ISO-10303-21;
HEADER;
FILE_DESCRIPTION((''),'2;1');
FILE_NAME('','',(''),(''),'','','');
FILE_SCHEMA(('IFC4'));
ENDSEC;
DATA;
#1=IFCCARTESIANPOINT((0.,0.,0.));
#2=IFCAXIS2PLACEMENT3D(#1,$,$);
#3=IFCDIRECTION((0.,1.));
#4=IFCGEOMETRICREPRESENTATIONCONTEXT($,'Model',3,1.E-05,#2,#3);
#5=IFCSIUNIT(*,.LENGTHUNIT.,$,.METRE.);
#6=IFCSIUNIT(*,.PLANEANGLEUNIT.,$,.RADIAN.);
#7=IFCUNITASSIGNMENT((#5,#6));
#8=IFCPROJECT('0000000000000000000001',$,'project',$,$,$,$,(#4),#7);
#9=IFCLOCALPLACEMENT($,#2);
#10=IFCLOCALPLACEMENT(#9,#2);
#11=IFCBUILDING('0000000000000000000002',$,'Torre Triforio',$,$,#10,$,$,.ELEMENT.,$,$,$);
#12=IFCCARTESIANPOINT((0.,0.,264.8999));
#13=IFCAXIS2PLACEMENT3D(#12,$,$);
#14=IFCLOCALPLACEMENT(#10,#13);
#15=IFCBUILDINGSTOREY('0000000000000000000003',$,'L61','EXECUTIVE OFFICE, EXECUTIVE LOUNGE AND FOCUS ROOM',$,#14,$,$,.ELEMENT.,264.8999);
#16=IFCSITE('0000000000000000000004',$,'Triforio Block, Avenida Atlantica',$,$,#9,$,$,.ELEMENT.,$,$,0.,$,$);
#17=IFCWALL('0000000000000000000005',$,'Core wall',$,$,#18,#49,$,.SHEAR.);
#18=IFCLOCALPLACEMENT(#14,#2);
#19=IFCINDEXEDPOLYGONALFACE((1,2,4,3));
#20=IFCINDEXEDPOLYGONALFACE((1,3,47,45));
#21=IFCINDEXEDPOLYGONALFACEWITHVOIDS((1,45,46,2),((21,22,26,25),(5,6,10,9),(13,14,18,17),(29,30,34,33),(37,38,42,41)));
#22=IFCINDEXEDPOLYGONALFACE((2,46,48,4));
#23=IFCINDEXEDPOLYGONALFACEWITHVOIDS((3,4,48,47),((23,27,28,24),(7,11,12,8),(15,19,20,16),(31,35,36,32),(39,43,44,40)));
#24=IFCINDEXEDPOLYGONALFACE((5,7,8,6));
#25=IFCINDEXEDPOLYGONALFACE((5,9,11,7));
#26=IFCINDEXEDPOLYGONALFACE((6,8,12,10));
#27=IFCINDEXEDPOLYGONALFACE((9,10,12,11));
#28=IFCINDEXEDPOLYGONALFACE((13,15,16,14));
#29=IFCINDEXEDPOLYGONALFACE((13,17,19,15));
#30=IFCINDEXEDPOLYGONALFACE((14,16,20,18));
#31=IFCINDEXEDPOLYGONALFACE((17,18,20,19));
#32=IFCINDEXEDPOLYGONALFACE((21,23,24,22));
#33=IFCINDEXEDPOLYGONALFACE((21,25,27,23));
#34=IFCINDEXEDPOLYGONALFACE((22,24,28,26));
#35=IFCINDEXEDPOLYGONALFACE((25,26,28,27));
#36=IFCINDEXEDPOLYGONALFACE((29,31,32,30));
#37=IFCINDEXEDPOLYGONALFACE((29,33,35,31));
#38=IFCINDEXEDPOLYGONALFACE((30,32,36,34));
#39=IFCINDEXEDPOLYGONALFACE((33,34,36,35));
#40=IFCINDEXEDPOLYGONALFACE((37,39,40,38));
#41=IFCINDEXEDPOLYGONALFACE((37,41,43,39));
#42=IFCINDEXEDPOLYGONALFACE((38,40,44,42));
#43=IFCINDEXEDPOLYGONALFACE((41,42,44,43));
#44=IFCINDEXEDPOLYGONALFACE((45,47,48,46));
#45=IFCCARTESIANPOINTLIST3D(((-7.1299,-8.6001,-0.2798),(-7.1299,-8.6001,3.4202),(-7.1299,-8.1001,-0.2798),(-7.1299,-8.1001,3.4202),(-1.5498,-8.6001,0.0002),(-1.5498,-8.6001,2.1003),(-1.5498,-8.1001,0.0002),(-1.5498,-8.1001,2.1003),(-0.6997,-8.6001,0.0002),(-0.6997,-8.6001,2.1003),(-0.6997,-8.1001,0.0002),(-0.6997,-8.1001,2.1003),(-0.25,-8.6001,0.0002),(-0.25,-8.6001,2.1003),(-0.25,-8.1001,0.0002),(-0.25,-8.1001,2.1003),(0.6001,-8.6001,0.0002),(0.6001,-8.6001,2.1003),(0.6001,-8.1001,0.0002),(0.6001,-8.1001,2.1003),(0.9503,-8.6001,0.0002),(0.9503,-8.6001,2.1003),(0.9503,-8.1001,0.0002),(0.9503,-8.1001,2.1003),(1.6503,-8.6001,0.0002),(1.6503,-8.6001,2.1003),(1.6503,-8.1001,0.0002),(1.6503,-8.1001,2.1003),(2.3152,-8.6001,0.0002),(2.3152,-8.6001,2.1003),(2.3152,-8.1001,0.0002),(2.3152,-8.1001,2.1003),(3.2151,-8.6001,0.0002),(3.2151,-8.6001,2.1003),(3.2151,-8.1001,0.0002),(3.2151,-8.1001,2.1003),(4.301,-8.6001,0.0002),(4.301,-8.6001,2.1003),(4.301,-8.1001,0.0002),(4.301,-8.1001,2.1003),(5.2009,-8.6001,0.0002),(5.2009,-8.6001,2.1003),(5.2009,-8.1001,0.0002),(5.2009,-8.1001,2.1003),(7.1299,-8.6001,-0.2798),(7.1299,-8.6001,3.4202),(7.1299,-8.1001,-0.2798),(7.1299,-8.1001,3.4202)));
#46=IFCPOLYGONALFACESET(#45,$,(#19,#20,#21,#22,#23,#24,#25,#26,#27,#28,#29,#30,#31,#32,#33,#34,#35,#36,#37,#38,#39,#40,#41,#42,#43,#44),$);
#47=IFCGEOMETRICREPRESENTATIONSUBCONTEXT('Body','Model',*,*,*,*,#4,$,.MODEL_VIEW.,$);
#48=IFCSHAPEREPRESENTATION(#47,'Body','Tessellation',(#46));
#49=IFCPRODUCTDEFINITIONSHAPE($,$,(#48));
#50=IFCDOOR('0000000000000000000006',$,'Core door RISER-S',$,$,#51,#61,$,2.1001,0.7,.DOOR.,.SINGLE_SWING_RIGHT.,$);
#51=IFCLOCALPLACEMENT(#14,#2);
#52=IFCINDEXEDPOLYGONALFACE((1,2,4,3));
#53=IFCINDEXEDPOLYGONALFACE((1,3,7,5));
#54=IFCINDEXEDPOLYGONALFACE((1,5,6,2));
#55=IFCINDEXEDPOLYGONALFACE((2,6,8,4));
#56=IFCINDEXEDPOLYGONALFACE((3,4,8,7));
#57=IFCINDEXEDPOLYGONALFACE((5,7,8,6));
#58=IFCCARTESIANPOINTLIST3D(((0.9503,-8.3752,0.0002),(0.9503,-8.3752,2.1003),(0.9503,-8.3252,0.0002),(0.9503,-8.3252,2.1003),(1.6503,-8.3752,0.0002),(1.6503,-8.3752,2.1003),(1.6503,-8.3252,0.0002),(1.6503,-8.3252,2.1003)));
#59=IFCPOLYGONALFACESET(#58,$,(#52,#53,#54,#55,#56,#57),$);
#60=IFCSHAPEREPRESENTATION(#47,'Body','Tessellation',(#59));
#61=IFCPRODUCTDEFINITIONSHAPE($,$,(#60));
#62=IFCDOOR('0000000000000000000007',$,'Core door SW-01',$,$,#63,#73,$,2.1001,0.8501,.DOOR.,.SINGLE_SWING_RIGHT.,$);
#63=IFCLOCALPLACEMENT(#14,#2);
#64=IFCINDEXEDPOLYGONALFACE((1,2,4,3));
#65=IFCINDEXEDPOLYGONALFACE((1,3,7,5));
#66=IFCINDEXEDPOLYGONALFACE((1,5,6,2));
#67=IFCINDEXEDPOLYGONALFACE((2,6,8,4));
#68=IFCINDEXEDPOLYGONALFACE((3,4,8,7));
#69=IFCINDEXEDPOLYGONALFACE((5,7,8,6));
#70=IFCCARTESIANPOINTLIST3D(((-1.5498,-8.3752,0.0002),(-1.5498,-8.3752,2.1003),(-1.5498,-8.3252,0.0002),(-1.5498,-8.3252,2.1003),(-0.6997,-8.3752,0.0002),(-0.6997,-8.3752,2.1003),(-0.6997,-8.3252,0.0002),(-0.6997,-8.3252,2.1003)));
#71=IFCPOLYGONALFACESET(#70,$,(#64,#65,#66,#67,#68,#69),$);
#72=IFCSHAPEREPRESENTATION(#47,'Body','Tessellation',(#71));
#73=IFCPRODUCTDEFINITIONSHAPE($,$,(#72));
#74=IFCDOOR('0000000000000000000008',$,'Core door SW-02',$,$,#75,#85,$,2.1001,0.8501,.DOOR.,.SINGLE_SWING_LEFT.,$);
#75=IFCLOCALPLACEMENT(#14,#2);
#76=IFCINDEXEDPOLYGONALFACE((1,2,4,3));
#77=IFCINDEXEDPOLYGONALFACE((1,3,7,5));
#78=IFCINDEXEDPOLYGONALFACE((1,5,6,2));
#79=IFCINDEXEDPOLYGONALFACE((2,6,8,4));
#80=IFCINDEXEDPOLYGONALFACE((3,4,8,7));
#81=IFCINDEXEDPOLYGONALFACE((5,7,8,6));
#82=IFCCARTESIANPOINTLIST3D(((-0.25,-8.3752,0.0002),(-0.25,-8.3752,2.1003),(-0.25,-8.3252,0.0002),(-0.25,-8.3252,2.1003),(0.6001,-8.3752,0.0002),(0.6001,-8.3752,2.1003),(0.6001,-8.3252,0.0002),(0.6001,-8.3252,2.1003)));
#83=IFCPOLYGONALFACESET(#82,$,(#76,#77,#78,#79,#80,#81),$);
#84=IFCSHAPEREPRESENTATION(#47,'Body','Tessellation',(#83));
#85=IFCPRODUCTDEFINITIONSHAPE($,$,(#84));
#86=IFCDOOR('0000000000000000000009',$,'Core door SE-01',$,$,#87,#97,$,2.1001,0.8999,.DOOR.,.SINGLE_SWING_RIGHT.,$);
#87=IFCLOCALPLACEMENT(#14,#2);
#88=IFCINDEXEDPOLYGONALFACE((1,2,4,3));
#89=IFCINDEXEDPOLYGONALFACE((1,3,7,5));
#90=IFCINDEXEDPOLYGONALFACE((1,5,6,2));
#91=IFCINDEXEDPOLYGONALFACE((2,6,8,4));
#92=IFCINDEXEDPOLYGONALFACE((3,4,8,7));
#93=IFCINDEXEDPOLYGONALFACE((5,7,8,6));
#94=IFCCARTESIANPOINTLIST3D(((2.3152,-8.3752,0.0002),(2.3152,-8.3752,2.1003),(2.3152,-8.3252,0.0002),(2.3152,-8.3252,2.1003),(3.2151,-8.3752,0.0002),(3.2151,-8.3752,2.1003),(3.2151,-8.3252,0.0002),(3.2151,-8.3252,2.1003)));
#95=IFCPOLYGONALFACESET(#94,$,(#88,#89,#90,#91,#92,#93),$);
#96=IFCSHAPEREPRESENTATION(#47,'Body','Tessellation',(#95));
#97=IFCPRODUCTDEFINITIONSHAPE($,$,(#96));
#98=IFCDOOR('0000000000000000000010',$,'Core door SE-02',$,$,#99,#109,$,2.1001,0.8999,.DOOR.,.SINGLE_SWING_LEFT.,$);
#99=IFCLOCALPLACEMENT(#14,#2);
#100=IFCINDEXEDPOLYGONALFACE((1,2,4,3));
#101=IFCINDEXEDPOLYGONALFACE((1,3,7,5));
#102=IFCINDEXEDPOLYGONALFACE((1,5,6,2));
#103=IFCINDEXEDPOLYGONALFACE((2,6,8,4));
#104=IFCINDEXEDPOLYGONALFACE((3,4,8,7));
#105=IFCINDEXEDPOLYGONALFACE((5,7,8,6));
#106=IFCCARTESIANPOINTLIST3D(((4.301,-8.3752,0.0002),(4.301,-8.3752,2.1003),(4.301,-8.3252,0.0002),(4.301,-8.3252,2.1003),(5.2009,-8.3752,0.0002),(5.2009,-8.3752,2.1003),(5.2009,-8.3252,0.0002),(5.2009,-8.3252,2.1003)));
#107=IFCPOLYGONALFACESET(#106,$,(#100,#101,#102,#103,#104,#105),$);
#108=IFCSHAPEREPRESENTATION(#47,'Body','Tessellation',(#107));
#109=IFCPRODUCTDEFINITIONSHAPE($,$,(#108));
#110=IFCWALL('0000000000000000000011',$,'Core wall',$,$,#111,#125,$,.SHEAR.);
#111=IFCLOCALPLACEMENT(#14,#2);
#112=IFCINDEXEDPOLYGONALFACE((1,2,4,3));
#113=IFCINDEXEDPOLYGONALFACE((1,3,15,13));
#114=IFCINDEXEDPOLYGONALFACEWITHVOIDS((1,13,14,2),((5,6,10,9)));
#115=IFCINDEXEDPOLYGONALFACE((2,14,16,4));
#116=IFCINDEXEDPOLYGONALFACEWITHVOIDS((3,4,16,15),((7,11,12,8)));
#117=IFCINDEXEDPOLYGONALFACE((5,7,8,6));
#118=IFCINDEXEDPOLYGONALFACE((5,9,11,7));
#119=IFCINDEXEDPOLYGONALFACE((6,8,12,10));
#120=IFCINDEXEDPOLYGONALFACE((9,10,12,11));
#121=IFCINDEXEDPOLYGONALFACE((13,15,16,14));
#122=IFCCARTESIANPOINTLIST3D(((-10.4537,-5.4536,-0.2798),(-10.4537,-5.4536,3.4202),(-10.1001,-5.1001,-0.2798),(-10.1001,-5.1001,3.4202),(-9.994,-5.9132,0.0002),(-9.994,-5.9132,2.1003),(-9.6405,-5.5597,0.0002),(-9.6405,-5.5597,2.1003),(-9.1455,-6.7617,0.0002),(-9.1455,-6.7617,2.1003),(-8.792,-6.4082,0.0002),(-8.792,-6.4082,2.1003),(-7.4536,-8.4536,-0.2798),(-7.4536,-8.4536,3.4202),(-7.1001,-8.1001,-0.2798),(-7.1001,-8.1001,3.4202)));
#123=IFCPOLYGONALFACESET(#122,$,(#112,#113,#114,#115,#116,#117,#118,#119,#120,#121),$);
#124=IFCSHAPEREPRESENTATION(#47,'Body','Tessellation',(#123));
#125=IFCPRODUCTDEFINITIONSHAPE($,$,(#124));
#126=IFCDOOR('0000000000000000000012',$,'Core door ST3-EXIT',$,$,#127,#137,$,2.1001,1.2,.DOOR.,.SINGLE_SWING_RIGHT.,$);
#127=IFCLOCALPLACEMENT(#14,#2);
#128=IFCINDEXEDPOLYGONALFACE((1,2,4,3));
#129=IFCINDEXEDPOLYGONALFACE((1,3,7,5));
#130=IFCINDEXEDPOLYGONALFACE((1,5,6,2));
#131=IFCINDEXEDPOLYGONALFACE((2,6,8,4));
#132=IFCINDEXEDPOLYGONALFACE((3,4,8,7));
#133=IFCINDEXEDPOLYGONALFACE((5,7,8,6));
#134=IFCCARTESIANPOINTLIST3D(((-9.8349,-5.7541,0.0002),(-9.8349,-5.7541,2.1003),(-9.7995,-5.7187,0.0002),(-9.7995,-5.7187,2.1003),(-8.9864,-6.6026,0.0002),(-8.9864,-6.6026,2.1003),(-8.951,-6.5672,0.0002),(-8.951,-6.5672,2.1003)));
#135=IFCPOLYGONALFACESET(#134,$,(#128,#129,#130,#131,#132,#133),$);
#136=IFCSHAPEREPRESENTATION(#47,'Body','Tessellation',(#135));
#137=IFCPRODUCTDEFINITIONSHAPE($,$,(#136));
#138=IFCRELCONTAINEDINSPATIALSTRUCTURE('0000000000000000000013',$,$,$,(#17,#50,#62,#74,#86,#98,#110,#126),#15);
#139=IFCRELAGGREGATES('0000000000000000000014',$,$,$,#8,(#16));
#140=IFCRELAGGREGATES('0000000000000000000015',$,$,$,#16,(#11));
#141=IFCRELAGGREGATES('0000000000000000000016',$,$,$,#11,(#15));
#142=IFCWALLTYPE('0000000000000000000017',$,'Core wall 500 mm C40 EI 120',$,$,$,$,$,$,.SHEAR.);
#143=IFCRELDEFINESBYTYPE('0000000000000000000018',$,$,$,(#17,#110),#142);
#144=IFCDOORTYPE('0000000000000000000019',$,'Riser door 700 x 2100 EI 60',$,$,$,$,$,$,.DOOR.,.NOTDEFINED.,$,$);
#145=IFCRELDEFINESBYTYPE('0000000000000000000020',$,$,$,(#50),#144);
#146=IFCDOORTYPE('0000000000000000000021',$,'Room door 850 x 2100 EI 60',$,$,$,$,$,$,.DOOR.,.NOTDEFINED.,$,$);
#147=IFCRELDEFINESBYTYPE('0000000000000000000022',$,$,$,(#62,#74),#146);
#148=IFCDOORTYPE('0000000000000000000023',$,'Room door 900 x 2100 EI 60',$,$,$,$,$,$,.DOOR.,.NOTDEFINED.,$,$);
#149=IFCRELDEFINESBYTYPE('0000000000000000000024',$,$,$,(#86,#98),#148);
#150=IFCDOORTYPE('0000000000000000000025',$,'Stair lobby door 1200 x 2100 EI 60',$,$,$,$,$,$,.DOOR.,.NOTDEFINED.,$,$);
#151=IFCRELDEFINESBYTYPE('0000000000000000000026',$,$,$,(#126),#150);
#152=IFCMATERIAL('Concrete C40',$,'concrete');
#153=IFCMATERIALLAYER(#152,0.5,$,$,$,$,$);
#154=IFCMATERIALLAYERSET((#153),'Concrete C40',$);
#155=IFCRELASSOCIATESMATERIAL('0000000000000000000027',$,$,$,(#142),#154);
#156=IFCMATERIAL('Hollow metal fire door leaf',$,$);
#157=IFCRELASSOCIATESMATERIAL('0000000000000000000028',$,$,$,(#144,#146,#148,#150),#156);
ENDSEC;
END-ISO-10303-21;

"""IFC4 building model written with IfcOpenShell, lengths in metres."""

from ifc_helpers import new_model, si_unit, direction, frame, frame_2d, origin, place, context, subcontext, project, spatial, rectangle, extrude, material, layer, layer_set, type_object, element, fill, save


model = new_model("IFC4")

# Units and contexts
model_context = context("Model", 3, precision=1e-05, world=origin(), true_north=direction((0.0, 1.0)))
body_context = subcontext(model_context, "Body", "Model", "MODEL_VIEW")
ifc_project = project(units=[si_unit("LENGTHUNIT", "METRE"), si_unit("PLANEANGLEUNIT", "RADIAN")], contexts=[model_context])

# Site, building, storey
site_placement = place(None, origin())
site = spatial("IfcSite", under=ifc_project, at=site_placement, Name="Triforio Block, Avenida Atlantica", CompositionType="ELEMENT", RefElevation=0.0)
building_placement = place(site_placement, origin())
building = spatial("IfcBuilding", under=site, at=building_placement, Name="Torre Triforio", CompositionType="ELEMENT")
storey_placement = place(building_placement, frame((0.0, 0.0, 264.8999)))
storey = spatial("IfcBuildingStorey", under=building, at=storey_placement, Name="L61", Description="EXECUTIVE OFFICE, EXECUTIVE LOUNGE AND FOCUS ROOM", CompositionType="ELEMENT", Elevation=264.8999)

# Shared definitions
ifc_material_1 = material(Name="Concrete C40", Category="concrete")

# Wall, openings, doors
ifc_layer_1 = layer(ifc_material_1, 0.5)
ifc_layer_set_1 = layer_set([ifc_layer_1], Name="Concrete C40")
wall_type_1 = type_object("IfcWallType", Name="Core wall 500 mm C40 EI 120", PredefinedType="SHEAR", material=ifc_layer_set_1)
wall_1_placement = place(storey_placement, frame((-7.1299, -8.3501, -0.2798), z_axis=(0.0, 0.0, 1.0), x_axis=(1.0, 0.0, 0.0)))
wall_1 = element("IfcWall", 1, at=wall_1_placement, inside=storey, type_object=wall_type_1, Name="Core wall", PredefinedType="SHEAR", context=body_context, shape_type="SweptSolid", body=[
    extrude(rectangle(XDim=14.2598, YDim=0.5, at=frame_2d((7.1299, 0.0))), origin(), (0.0, 0.0, 1.0), 3.7),
])
opening_1_placement = place(wall_1_placement, frame((8.0801, 0.0, 0.28)))
opening_1 = element("IfcOpeningElement", 2, at=opening_1_placement, cuts=wall_1, PredefinedType="OPENING", context=body_context, shape_type="SweptSolid", body=[
    extrude(rectangle(XDim=0.7, YDim=2.1001, at=frame_2d((0.3501, 1.05))), frame((0.0, 0.26, 0.0), z_axis=(0.0, -1.0, 0.0), x_axis=(1.0, 0.0, 0.0)), (0.0, 0.0, 1.0), 0.52),
])
opening_2_placement = place(wall_1_placement, frame((5.5801, 0.0, 0.28)))
opening_2 = element("IfcOpeningElement", 3, at=opening_2_placement, cuts=wall_1, PredefinedType="OPENING", context=body_context, shape_type="SweptSolid", body=[
    extrude(rectangle(XDim=0.8501, YDim=2.1001, at=frame_2d((0.425, 1.05))), frame((0.0, 0.26, 0.0), z_axis=(0.0, -1.0, 0.0), x_axis=(1.0, 0.0, 0.0)), (0.0, 0.0, 1.0), 0.52),
])
opening_3_placement = place(wall_1_placement, frame((6.8799, 0.0, 0.28)))
opening_3 = element("IfcOpeningElement", 4, at=opening_3_placement, cuts=wall_1, PredefinedType="OPENING", context=body_context, shape_type="SweptSolid", body=[
    extrude(rectangle(XDim=0.8501, YDim=2.1001, at=frame_2d((0.425, 1.05))), frame((0.0, 0.26, 0.0), z_axis=(0.0, -1.0, 0.0), x_axis=(1.0, 0.0, 0.0)), (0.0, 0.0, 1.0), 0.52),
])
opening_4_placement = place(wall_1_placement, frame((9.4451, 0.0, 0.28)))
opening_4 = element("IfcOpeningElement", 5, at=opening_4_placement, cuts=wall_1, PredefinedType="OPENING", context=body_context, shape_type="SweptSolid", body=[
    extrude(rectangle(XDim=0.8999, YDim=2.1001, at=frame_2d((0.45, 1.05))), frame((0.0, 0.26, 0.0), z_axis=(0.0, -1.0, 0.0), x_axis=(1.0, 0.0, 0.0)), (0.0, 0.0, 1.0), 0.52),
])
opening_5_placement = place(wall_1_placement, frame((11.4309, 0.0, 0.28)))
opening_5 = element("IfcOpeningElement", 6, at=opening_5_placement, cuts=wall_1, PredefinedType="OPENING", context=body_context, shape_type="SweptSolid", body=[
    extrude(rectangle(XDim=0.8999, YDim=2.1001, at=frame_2d((0.45, 1.05))), frame((0.0, 0.26, 0.0), z_axis=(0.0, -1.0, 0.0), x_axis=(1.0, 0.0, 0.0)), (0.0, 0.0, 1.0), 0.52),
])
ifc_material_2 = material(Name="Hollow metal fire door leaf")
door_type_1 = type_object("IfcDoorType", Name="Riser door 700 x 2100 EI 60", OperationType="NOTDEFINED", PredefinedType="DOOR", material=ifc_material_2)
door_1_placement = place(opening_1_placement, origin())
door_1 = element("IfcDoor", 7, at=door_1_placement, inside=storey, type_object=door_type_1, Name="Core door RISER-S", OperationType="SINGLE_SWING_RIGHT", OverallHeight=2.1001, OverallWidth=0.7, PredefinedType="DOOR", context=body_context, shape_type="SweptSolid", body=[
    extrude(rectangle(XDim=0.7, YDim=2.1001, at=frame_2d((0.3501, 1.05))), frame((0.0, 0.0249, 0.0), z_axis=(0.0, -1.0, 0.0), x_axis=(1.0, 0.0, 0.0)), (0.0, 0.0, 1.0), 0.05),
])
fill(opening_1, door_1)
door_type_2 = type_object("IfcDoorType", Name="Room door 850 x 2100 EI 60", OperationType="NOTDEFINED", PredefinedType="DOOR", material=ifc_material_2)
door_2_placement = place(opening_2_placement, origin())
door_2 = element("IfcDoor", 8, at=door_2_placement, inside=storey, type_object=door_type_2, Name="Core door SW-01", OperationType="SINGLE_SWING_RIGHT", OverallHeight=2.1001, OverallWidth=0.8501, PredefinedType="DOOR", context=body_context, shape_type="SweptSolid", body=[
    extrude(rectangle(XDim=0.8501, YDim=2.1001, at=frame_2d((0.425, 1.05))), frame((0.0, 0.0249, 0.0), z_axis=(0.0, -1.0, 0.0), x_axis=(1.0, 0.0, 0.0)), (0.0, 0.0, 1.0), 0.05),
])
fill(opening_2, door_2)
door_3_placement = place(opening_3_placement, origin())
door_3 = element("IfcDoor", 9, at=door_3_placement, inside=storey, type_object=door_type_2, Name="Core door SW-02", OperationType="SINGLE_SWING_LEFT", OverallHeight=2.1001, OverallWidth=0.8501, PredefinedType="DOOR", context=body_context, shape_type="SweptSolid", body=[
    extrude(rectangle(XDim=0.8501, YDim=2.1001, at=frame_2d((0.425, 1.05))), frame((0.0, 0.0249, 0.0), z_axis=(0.0, -1.0, 0.0), x_axis=(1.0, 0.0, 0.0)), (0.0, 0.0, 1.0), 0.05),
])
fill(opening_3, door_3)
door_type_3 = type_object("IfcDoorType", Name="Room door 900 x 2100 EI 60", OperationType="NOTDEFINED", PredefinedType="DOOR", material=ifc_material_2)
door_4_placement = place(opening_4_placement, origin())
door_4 = element("IfcDoor", 10, at=door_4_placement, inside=storey, type_object=door_type_3, Name="Core door SE-01", OperationType="SINGLE_SWING_RIGHT", OverallHeight=2.1001, OverallWidth=0.8999, PredefinedType="DOOR", context=body_context, shape_type="SweptSolid", body=[
    extrude(rectangle(XDim=0.8999, YDim=2.1001, at=frame_2d((0.45, 1.05))), frame((0.0, 0.0249, 0.0), z_axis=(0.0, -1.0, 0.0), x_axis=(1.0, 0.0, 0.0)), (0.0, 0.0, 1.0), 0.05),
])
fill(opening_4, door_4)
door_5_placement = place(opening_5_placement, origin())
door_5 = element("IfcDoor", 11, at=door_5_placement, inside=storey, type_object=door_type_3, Name="Core door SE-02", OperationType="SINGLE_SWING_LEFT", OverallHeight=2.1001, OverallWidth=0.8999, PredefinedType="DOOR", context=body_context, shape_type="SweptSolid", body=[
    extrude(rectangle(XDim=0.8999, YDim=2.1001, at=frame_2d((0.45, 1.05))), frame((0.0, 0.0249, 0.0), z_axis=(0.0, -1.0, 0.0), x_axis=(1.0, 0.0, 0.0)), (0.0, 0.0, 1.0), 0.05),
])
fill(opening_5, door_5)

# Wall, opening, door
wall_2_placement = place(storey_placement, frame((-7.2769, -8.2769, -0.2798), z_axis=(0.0, 0.0, 1.0), x_axis=(-0.707107, 0.707107, 0.0)))
wall_2 = element("IfcWall", 12, at=wall_2_placement, inside=storey, type_object=wall_type_1, Name="Core wall", PredefinedType="SHEAR", context=body_context, shape_type="SweptSolid", body=[
    extrude(rectangle(XDim=4.2427, YDim=0.5, at=frame_2d((2.1213, 0.0))), origin(), (0.0, 0.0, 1.0), 3.7),
])
opening_6_placement = place(wall_2_placement, frame((2.3926, 0.0, 0.28)))
opening_6 = element("IfcOpeningElement", 13, at=opening_6_placement, cuts=wall_2, PredefinedType="OPENING", context=body_context, shape_type="SweptSolid", body=[
    extrude(rectangle(XDim=1.2, YDim=2.1001, at=frame_2d((0.6001, 1.05))), frame((0.0, 0.26, 0.0), z_axis=(0.0, -1.0, 0.0), x_axis=(1.0, 0.0, 0.0)), (0.0, 0.0, 1.0), 0.52),
])
door_type_4 = type_object("IfcDoorType", Name="Stair lobby door 1200 x 2100 EI 60", OperationType="NOTDEFINED", PredefinedType="DOOR", material=ifc_material_2)
door_6_placement = place(opening_6_placement, origin())
door_6 = element("IfcDoor", 14, at=door_6_placement, inside=storey, type_object=door_type_4, Name="Core door ST3-EXIT", OperationType="SINGLE_SWING_RIGHT", OverallHeight=2.1001, OverallWidth=1.2, PredefinedType="DOOR", context=body_context, shape_type="SweptSolid", body=[
    extrude(rectangle(XDim=1.2, YDim=2.1001, at=frame_2d((0.6001, 1.05))), frame((0.0, 0.0249, 0.0), z_axis=(0.0, -1.0, 0.0), x_axis=(1.0, 0.0, 0.0)), (0.0, 0.0, 1.0), 0.05),
])
fill(opening_6, door_6)

save(model, "model.ifc")
